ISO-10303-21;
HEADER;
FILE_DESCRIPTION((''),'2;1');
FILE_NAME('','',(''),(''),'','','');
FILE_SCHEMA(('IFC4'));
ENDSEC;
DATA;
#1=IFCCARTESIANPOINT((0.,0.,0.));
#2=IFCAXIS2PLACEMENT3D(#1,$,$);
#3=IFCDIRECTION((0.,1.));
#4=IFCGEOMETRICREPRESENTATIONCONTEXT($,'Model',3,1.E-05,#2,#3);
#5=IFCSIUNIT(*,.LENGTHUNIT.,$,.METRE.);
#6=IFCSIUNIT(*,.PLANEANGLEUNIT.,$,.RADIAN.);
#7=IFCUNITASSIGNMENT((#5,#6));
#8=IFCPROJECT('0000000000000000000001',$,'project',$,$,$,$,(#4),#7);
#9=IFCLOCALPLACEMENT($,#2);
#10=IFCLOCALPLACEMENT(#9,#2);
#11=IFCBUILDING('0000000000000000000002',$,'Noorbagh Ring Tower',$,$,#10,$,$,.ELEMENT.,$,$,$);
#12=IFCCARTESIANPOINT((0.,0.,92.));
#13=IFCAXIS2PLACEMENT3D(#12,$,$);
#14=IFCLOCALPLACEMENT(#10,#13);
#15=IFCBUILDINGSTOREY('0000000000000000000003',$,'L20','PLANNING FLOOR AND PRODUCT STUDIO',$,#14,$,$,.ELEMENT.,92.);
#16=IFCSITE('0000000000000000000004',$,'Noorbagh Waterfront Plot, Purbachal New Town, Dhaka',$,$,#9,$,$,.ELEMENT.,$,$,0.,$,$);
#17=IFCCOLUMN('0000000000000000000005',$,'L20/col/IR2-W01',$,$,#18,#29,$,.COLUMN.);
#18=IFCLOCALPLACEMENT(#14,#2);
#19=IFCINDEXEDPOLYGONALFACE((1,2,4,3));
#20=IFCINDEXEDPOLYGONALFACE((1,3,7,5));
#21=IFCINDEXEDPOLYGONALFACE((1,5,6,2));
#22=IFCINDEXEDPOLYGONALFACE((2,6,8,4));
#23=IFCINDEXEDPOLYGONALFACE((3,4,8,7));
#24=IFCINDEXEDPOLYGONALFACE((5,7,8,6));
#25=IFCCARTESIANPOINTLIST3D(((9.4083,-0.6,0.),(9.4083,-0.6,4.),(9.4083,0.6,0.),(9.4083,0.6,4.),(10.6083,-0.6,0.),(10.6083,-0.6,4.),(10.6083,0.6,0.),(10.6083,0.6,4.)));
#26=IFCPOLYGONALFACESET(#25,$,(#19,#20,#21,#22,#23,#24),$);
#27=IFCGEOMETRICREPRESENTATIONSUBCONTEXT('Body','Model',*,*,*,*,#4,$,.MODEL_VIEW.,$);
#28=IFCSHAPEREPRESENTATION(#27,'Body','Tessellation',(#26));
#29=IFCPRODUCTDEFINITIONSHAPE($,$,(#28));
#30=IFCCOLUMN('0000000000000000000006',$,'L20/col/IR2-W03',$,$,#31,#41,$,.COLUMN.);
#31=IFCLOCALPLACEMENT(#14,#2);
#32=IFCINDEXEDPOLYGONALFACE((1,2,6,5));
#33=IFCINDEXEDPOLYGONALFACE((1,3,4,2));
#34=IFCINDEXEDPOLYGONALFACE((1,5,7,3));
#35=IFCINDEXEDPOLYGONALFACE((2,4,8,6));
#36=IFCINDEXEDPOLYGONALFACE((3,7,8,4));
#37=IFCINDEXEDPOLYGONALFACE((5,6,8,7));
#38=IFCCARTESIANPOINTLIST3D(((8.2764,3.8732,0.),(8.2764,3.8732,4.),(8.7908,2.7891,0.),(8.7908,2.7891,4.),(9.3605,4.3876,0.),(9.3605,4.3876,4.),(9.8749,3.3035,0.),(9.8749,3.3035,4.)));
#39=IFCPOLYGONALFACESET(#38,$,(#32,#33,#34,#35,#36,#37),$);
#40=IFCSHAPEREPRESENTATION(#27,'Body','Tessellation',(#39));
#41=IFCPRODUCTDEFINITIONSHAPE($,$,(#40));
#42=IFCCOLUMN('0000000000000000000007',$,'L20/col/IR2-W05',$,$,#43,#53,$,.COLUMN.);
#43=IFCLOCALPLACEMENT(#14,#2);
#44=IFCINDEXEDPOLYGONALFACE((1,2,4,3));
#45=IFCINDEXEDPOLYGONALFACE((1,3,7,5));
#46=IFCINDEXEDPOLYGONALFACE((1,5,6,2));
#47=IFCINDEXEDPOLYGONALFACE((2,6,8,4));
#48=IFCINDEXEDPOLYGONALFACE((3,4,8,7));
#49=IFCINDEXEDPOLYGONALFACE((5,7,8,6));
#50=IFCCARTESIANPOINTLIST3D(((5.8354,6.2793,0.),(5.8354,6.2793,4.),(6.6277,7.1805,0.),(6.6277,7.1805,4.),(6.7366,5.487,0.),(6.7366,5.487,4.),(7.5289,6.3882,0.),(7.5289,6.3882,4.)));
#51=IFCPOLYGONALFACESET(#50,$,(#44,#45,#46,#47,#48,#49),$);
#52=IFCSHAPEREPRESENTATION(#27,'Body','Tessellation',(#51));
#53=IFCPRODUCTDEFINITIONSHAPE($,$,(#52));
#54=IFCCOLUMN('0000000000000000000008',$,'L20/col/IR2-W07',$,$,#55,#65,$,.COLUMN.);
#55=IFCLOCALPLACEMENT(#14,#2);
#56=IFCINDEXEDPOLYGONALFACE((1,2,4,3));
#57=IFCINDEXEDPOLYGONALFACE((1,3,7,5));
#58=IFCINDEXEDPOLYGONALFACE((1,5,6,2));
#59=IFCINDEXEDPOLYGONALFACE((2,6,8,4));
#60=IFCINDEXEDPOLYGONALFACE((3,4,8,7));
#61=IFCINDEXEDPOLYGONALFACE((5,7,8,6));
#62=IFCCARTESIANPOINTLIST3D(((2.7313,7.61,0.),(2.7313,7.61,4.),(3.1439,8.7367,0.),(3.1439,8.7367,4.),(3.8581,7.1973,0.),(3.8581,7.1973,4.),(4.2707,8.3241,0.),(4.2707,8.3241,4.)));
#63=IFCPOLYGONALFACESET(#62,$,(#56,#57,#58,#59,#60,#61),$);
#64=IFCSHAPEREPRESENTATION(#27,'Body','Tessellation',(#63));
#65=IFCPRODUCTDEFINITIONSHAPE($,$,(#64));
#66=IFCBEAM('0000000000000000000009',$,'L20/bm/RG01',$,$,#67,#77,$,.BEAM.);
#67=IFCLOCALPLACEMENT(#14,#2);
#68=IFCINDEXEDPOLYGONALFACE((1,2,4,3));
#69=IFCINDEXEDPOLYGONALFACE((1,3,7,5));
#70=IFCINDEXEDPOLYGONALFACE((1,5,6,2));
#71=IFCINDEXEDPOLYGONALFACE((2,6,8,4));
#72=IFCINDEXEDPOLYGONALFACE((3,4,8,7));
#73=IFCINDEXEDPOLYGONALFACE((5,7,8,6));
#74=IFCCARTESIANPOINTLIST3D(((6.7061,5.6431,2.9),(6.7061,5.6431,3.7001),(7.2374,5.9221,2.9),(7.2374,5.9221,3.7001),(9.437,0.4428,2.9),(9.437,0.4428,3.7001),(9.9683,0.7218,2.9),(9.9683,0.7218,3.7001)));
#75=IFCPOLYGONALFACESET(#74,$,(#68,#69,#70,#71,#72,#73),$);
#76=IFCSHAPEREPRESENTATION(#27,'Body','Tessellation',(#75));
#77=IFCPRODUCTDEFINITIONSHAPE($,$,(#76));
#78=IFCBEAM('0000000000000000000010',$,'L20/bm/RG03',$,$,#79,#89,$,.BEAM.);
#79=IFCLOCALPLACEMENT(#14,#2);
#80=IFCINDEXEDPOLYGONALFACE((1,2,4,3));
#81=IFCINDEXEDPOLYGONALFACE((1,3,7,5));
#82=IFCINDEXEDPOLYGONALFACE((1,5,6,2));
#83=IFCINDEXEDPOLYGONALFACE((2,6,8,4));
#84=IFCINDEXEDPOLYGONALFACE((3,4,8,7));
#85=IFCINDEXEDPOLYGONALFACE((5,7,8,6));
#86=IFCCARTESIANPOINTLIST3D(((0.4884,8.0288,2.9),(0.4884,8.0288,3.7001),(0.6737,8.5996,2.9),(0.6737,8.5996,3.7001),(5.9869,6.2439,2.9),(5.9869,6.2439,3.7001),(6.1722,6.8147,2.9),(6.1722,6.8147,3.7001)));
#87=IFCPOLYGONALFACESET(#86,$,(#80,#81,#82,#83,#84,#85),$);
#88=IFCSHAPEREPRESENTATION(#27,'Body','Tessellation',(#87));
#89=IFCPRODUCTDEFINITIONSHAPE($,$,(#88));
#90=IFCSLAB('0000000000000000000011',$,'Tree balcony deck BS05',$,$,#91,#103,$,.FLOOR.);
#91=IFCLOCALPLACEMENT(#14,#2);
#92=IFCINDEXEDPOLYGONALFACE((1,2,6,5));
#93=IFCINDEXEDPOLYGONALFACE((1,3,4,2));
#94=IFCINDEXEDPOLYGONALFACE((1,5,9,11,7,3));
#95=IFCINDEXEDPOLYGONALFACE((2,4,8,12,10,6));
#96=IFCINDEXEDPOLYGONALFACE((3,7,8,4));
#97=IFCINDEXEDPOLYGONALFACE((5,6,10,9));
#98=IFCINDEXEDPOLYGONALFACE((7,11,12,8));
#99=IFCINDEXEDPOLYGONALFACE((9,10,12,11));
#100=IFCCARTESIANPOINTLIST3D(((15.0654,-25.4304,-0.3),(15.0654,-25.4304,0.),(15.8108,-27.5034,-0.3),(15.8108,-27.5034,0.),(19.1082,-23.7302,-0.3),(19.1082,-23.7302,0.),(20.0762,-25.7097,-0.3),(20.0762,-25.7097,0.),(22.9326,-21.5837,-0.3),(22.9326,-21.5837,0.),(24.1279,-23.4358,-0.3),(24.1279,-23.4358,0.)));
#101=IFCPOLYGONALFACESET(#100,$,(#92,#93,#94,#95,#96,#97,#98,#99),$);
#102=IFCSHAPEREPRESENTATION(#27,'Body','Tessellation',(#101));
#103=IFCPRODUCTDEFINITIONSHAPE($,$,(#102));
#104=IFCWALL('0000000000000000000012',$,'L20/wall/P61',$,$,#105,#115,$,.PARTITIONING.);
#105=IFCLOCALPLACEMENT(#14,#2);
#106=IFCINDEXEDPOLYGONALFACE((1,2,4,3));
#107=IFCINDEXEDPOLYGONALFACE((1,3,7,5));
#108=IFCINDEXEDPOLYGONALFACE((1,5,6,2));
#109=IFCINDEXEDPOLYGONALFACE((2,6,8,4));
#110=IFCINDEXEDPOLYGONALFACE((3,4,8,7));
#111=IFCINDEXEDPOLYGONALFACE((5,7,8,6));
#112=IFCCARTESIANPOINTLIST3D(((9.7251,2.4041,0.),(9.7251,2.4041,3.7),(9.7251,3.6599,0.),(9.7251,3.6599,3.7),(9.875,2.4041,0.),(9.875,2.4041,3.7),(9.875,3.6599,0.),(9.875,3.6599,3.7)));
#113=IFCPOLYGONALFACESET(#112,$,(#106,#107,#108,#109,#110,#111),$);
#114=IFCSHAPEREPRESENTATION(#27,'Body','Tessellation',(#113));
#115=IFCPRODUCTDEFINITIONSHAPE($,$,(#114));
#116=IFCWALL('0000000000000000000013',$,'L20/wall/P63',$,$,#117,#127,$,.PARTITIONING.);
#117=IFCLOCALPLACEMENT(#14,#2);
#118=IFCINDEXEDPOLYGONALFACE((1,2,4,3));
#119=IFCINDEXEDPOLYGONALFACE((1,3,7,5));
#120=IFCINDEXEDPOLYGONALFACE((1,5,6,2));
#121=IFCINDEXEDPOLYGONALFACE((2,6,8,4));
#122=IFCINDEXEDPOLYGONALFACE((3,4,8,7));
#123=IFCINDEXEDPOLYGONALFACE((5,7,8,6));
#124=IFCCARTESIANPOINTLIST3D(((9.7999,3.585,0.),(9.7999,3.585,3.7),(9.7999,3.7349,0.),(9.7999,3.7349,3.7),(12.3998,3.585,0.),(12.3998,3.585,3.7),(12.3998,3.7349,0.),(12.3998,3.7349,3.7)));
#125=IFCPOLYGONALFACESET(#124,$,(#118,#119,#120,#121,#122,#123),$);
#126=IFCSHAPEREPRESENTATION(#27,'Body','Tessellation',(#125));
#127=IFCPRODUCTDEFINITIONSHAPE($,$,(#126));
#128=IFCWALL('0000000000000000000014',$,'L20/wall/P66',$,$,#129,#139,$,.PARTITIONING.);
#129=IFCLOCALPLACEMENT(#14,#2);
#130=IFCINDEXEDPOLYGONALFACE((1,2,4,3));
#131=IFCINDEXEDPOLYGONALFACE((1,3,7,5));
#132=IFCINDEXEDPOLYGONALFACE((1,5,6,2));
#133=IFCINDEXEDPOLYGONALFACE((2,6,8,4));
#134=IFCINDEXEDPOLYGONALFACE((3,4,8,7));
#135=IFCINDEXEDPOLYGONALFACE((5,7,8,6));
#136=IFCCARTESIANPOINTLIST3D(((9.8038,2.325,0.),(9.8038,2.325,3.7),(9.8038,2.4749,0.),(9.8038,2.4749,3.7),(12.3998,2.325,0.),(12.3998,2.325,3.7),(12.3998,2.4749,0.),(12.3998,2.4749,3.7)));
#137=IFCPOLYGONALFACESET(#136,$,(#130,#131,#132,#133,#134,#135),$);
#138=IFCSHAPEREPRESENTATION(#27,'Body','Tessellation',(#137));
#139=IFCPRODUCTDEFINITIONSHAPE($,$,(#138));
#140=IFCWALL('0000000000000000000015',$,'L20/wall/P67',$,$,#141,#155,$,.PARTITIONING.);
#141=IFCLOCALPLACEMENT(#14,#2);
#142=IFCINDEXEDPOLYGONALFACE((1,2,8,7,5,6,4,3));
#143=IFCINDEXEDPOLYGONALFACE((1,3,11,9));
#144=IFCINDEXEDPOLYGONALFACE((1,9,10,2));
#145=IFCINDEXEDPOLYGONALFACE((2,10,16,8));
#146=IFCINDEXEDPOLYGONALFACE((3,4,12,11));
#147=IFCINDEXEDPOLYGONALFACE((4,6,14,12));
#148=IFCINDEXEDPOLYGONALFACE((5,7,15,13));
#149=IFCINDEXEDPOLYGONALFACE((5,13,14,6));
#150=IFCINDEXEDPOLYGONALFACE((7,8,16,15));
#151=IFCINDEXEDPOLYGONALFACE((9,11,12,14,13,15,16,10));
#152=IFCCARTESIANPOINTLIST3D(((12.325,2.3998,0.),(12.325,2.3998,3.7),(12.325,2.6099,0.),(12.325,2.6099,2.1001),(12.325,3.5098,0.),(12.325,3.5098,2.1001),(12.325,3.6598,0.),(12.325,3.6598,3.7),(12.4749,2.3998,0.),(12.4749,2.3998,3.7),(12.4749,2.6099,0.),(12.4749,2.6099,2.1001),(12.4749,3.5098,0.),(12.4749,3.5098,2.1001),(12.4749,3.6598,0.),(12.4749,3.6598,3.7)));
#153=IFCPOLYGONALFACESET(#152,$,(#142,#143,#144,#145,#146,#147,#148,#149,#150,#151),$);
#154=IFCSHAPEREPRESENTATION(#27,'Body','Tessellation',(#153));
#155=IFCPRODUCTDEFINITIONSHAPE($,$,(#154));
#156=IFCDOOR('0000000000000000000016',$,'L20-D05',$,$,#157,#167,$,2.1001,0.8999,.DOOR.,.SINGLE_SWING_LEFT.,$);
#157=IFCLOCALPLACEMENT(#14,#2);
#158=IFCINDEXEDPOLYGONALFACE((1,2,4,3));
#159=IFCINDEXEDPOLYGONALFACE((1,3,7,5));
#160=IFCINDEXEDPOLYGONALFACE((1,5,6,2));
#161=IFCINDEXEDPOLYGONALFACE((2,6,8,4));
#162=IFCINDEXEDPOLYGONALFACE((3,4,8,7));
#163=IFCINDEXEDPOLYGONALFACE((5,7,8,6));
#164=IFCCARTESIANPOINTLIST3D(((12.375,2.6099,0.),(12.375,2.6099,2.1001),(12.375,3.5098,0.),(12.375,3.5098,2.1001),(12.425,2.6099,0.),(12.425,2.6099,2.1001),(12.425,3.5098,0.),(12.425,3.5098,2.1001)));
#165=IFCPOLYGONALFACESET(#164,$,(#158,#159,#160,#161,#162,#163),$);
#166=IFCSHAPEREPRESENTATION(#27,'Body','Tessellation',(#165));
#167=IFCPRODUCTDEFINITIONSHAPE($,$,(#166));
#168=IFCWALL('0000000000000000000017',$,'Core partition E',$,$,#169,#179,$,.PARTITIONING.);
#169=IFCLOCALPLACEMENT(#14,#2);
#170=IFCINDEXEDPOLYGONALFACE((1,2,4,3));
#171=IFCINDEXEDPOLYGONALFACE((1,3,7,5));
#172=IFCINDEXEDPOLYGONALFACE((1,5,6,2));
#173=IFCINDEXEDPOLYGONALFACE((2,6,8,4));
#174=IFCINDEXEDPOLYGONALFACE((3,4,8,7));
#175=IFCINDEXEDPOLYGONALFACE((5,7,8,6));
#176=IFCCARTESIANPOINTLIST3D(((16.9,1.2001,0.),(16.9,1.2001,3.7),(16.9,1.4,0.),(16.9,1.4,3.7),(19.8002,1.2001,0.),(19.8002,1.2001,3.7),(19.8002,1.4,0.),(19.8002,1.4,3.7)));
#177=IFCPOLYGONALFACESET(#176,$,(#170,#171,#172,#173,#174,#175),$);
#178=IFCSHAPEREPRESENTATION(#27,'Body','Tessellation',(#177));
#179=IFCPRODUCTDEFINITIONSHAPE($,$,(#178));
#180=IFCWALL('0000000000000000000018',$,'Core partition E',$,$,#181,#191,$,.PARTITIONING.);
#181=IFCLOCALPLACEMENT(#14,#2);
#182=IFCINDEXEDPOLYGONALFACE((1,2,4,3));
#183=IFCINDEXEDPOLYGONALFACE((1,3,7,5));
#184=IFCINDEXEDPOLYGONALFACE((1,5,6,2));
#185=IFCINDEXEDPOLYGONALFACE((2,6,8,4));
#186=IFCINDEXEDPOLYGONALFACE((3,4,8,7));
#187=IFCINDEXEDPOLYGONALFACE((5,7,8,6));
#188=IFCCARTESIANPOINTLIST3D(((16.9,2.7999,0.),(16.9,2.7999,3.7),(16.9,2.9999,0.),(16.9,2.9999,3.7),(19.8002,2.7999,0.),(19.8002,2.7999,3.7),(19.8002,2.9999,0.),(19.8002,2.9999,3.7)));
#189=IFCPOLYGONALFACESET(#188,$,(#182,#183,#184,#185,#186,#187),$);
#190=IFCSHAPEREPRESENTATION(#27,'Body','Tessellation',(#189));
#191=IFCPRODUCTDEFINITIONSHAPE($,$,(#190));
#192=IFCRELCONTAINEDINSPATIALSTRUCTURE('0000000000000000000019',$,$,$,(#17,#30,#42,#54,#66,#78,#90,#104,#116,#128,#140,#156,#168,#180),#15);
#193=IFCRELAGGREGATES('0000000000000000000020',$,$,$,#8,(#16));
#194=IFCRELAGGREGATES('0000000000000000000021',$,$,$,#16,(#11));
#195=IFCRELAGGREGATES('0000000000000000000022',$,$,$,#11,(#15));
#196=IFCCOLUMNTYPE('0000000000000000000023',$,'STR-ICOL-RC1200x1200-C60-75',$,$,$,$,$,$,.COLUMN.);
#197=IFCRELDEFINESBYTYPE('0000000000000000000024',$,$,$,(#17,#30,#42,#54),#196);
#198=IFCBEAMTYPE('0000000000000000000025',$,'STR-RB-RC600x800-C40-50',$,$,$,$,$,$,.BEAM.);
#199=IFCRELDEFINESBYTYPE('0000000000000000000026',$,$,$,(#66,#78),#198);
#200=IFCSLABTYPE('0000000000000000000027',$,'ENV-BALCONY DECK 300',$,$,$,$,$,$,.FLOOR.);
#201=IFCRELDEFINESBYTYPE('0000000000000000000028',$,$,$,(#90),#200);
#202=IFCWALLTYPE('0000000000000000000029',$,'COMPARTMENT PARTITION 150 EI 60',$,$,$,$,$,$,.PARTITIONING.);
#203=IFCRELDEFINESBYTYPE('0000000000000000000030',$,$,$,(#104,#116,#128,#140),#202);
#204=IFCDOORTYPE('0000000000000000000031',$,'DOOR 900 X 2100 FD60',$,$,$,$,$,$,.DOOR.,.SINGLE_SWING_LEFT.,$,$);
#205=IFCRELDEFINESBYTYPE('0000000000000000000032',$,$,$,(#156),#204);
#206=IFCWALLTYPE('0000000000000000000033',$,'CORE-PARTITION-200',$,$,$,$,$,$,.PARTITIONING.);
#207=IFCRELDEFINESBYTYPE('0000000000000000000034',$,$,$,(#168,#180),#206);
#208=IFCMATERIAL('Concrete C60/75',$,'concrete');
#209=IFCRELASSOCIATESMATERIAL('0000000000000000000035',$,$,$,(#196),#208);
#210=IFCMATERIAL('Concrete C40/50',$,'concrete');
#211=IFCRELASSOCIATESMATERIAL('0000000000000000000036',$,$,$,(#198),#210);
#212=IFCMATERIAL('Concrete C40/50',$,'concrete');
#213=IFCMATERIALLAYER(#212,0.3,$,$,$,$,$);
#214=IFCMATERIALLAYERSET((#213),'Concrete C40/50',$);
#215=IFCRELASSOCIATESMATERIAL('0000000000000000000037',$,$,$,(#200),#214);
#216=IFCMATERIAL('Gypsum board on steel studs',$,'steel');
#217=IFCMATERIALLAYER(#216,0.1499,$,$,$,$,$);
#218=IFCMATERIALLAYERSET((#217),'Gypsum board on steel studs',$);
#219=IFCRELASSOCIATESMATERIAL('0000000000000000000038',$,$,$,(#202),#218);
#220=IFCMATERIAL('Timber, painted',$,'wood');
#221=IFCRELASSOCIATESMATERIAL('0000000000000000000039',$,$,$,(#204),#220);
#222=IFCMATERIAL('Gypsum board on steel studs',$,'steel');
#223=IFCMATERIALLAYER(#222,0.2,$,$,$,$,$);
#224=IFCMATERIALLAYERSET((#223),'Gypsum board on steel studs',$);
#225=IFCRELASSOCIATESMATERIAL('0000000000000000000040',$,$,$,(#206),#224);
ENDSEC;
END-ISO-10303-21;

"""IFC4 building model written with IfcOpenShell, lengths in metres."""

from ifc_helpers import new_model, si_unit, direction, frame, frame_2d, origin, origin_2d, place, context, subcontext, project, spatial, polyline, rectangle, outline, extrude, material, layer, layer_set, material_profile, profile_set, type_object, element, fill, save


model = new_model("IFC4")

# Units and contexts
model_context = context("Model", 3, precision=1e-05, world=origin(), true_north=direction((0.0, 1.0)))
body_context = subcontext(model_context, "Body", "Model", "MODEL_VIEW")
ifc_project = project(units=[si_unit("LENGTHUNIT", "METRE"), si_unit("PLANEANGLEUNIT", "RADIAN")], contexts=[model_context])

# Site, building, storey
site_placement = place(None, origin())
site = spatial("IfcSite", under=ifc_project, at=site_placement, Name="Noorbagh Waterfront Plot, Purbachal New Town, Dhaka", CompositionType="ELEMENT", RefElevation=0.0)
building_placement = place(site_placement, origin())
building = spatial("IfcBuilding", under=site, at=building_placement, Name="Noorbagh Ring Tower", CompositionType="ELEMENT")
storey_placement = place(building_placement, frame((0.0, 0.0, 92.0)))
storey = spatial("IfcBuildingStorey", under=building, at=storey_placement, Name="L20", Description="PLANNING FLOOR AND PRODUCT STUDIO", CompositionType="ELEMENT", Elevation=92.0)

# Columns
ifc_material_1 = material(Name="Concrete C60/75", Category="concrete")
ifc_material_profile_1 = material_profile(ifc_material_1, rectangle(XDim=1.2, YDim=1.2, at=origin_2d()), Name="RC1200x1200")
ifc_profile_set_1 = profile_set([ifc_material_profile_1], Name="Concrete C60/75")
column_type = type_object("IfcColumnType", Name="STR-ICOL-RC1200x1200-C60-75", PredefinedType="COLUMN", material=ifc_profile_set_1)
for number, where, z_axis, x_axis, name in (
    (1, (10.0083, 0.0, 0.0), (0.0, 0.0, 1.0), (0.0, 1.0, 0.0), "L20/col/IR2-W01"),
    (2, (9.0757, 3.5884, 0.0), (0.0, 0.0, 1.0), (-0.428667, 0.903463, 0.0), "L20/col/IR2-W03"),
    (3, (6.6821, 6.3337, 0.0), (0.0, 0.0, 1.0), (-0.751022, 0.660277, 0.0), "L20/col/IR2-W05"),
    (4, (3.501, 7.967, 0.0), (0.0, 0.0, 1.0), (-0.93902, 0.343864, 0.0), "L20/col/IR2-W07"),
):
    element("IfcColumn", number, at=place(storey_placement, frame(where, z_axis=z_axis, x_axis=x_axis)), inside=storey, type_object=column_type, Name=name, PredefinedType="COLUMN", context=body_context, shape_type="SweptSolid", body=[
        extrude(rectangle(XDim=1.2, YDim=1.2, at=origin_2d()), origin(), (0.0, 0.0, 1.0), 4.0),
    ])

# Beams
ifc_material_2 = material(Name="Concrete C40/50", Category="concrete")
ifc_material_profile_2 = material_profile(ifc_material_2, rectangle(XDim=0.6001, YDim=0.8, at=origin_2d()), Name="RC600x800")
ifc_profile_set_2 = profile_set([ifc_material_profile_2], Name="Concrete C40/50")
beam_type = type_object("IfcBeamType", Name="STR-RB-RC600x800-C40-50", PredefinedType="BEAM", material=ifc_profile_set_2)
beam_1_placement = place(storey_placement, frame((9.7026, 0.5823, 3.3), z_axis=(-0.464931, 0.885347, 0.0), x_axis=(-0.885347, -0.464931, 0.0)))
element("IfcBeam", 5, at=beam_1_placement, inside=storey, type_object=beam_type, Name="L20/bm/RG01", PredefinedType="BEAM", context=body_context, shape_type="SweptSolid", body=[
    extrude(rectangle(XDim=0.6001, YDim=0.8, at=origin_2d()), origin(), (0.0, 0.0, 1.0), 5.8738),
])
beam_2_placement = place(storey_placement, frame((6.0796, 6.5293, 3.3), z_axis=(-0.951141, 0.308756, 0.0), x_axis=(-0.308756, -0.951141, 0.0)))
element("IfcBeam", 6, at=beam_2_placement, inside=storey, type_object=beam_type, Name="L20/bm/RG03", PredefinedType="BEAM", context=body_context, shape_type="SweptSolid", body=[
    extrude(rectangle(XDim=0.6001, YDim=0.8, at=origin_2d()), origin(), (0.0, 0.0, 1.0), 5.781),
])

# Slab
ifc_material_3 = material(Name="Concrete C40/50", Category="concrete")
ifc_layer_1 = layer(ifc_material_3, 0.3)
ifc_layer_set_1 = layer_set([ifc_layer_1], Name="Concrete C40/50")
slab_type = type_object("IfcSlabType", Name="ENV-BALCONY DECK 300", PredefinedType="FLOOR", material=ifc_layer_set_1)
slab_placement = place(storey_placement, frame((0.0, 0.0, -0.3)))
element("IfcSlab", 7, at=slab_placement, inside=storey, type_object=slab_type, Name="Tree balcony deck BS05", PredefinedType="FLOOR", context=body_context, shape_type="SweptSolid", body=[
    extrude(outline(polyline([(15.8108, -27.5034), (20.0762, -25.7097), (24.1279, -23.4358), (22.9326, -21.5837), (19.1082, -23.7302), (15.0654, -25.4304), (15.8108, -27.5034)])), origin(), (0.0, 0.0, 1.0), 0.3),
])

# Walls
ifc_material_4 = material(Name="Gypsum board on steel studs", Category="steel")
ifc_layer_2 = layer(ifc_material_4, 0.1499)
ifc_layer_set_2 = layer_set([ifc_layer_2], Name="Gypsum board on steel studs")
wall_type_1 = type_object("IfcWallType", Name="COMPARTMENT PARTITION 150 EI 60", PredefinedType="PARTITIONING", material=ifc_layer_set_2)
wall_1_placement = place(storey_placement, frame((9.8, 2.4041, 0.0), z_axis=(0.0, 0.0, 1.0), x_axis=(0.0, 1.0, 0.0)))
element("IfcWall", 8, at=wall_1_placement, inside=storey, type_object=wall_type_1, Name="L20/wall/P61", PredefinedType="PARTITIONING", context=body_context, shape_type="SweptSolid", body=[
    extrude(rectangle(XDim=1.2559, YDim=0.1499, at=frame_2d((0.6279, 0.0))), origin(), (0.0, 0.0, 1.0), 3.7),
])
wall_2_placement = place(storey_placement, frame((9.8, 3.6599, 0.0), z_axis=(0.0, 0.0, 1.0), x_axis=(1.0, 0.0, 0.0)))
element("IfcWall", 9, at=wall_2_placement, inside=storey, type_object=wall_type_1, Name="L20/wall/P63", PredefinedType="PARTITIONING", context=body_context, shape_type="SweptSolid", body=[
    extrude(rectangle(XDim=2.5999, YDim=0.1499, at=frame_2d((1.2998, 0.0))), origin(), (0.0, 0.0, 1.0), 3.7),
])
wall_3_placement = place(storey_placement, frame((9.804, 2.3999, 0.0), z_axis=(0.0, 0.0, 1.0), x_axis=(1.0, 0.0, 0.0)))
element("IfcWall", 10, at=wall_3_placement, inside=storey, type_object=wall_type_1, Name="L20/wall/P66", PredefinedType="PARTITIONING", context=body_context, shape_type="SweptSolid", body=[
    extrude(rectangle(XDim=2.5959, YDim=0.1499, at=frame_2d((1.2979, 0.0))), origin(), (0.0, 0.0, 1.0), 3.7),
])

# Wall, opening, door
wall_4_placement = place(storey_placement, frame((12.3999, 2.3999, 0.0), z_axis=(0.0, 0.0, 1.0), x_axis=(0.0, 1.0, 0.0)))
wall_4 = element("IfcWall", 11, at=wall_4_placement, inside=storey, type_object=wall_type_1, Name="L20/wall/P67", PredefinedType="PARTITIONING", context=body_context, shape_type="SweptSolid", body=[
    extrude(rectangle(XDim=1.26, YDim=0.1499, at=frame_2d((0.6299, 0.0))), origin(), (0.0, 0.0, 1.0), 3.7),
])
opening_1_placement = place(wall_4_placement, frame((0.21, 0.0, 0.0)))
opening_1 = element("IfcOpeningElement", 12, at=opening_1_placement, cuts=wall_4, PredefinedType="OPENING", context=body_context, shape_type="SweptSolid", body=[
    extrude(rectangle(XDim=0.8999, YDim=2.1001, at=frame_2d((0.45, 1.05))), frame((0.0, 0.085, 0.0), z_axis=(0.0, -1.0, 0.0), x_axis=(1.0, 0.0, 0.0)), (0.0, 0.0, 1.0), 0.1699),
])
ifc_material_5 = material(Name="Timber, painted", Category="wood")
door_type_1 = type_object("IfcDoorType", Name="DOOR 900 X 2100 FD60", OperationType="SINGLE_SWING_LEFT", PredefinedType="DOOR", material=ifc_material_5)
door_1_placement = place(opening_1_placement, origin())
door_1 = element("IfcDoor", 13, at=door_1_placement, inside=storey, type_object=door_type_1, Name="L20-D05", OperationType="SINGLE_SWING_LEFT", OverallHeight=2.1001, OverallWidth=0.8999, PredefinedType="DOOR", context=body_context, shape_type="SweptSolid", body=[
    extrude(rectangle(XDim=0.8999, YDim=2.1001, at=frame_2d((0.45, 1.05))), frame((0.0, 0.0249, 0.0), z_axis=(0.0, -1.0, 0.0), x_axis=(1.0, 0.0, 0.0)), (0.0, 0.0, 1.0), 0.05),
])
fill(opening_1, door_1)

# Walls
ifc_material_6 = material(Name="Gypsum board on steel studs", Category="steel")
ifc_layer_3 = layer(ifc_material_6, 0.2)
ifc_layer_set_3 = layer_set([ifc_layer_3], Name="Gypsum board on steel studs")
wall_type_2 = type_object("IfcWallType", Name="CORE-PARTITION-200", PredefinedType="PARTITIONING", material=ifc_layer_set_3)
for number, where, z_axis, x_axis, name in (
    (14, (16.8999, 1.3, 0.0), (0.0, 0.0, 1.0), (1.0, 0.0, 0.0), "Core partition E"),
    (15, (16.8999, 2.8999, 0.0), (0.0, 0.0, 1.0), (1.0, 0.0, 0.0), "Core partition E"),
):
    element("IfcWall", number, at=place(storey_placement, frame(where, z_axis=z_axis, x_axis=x_axis)), inside=storey, type_object=wall_type_2, Name=name, PredefinedType="PARTITIONING", context=body_context, shape_type="SweptSolid", body=[
        extrude(rectangle(XDim=2.9001, YDim=0.2, at=frame_2d((1.4502, 0.0))), origin(), (0.0, 0.0, 1.0), 3.7),
    ])

save(model, "model.ifc")
